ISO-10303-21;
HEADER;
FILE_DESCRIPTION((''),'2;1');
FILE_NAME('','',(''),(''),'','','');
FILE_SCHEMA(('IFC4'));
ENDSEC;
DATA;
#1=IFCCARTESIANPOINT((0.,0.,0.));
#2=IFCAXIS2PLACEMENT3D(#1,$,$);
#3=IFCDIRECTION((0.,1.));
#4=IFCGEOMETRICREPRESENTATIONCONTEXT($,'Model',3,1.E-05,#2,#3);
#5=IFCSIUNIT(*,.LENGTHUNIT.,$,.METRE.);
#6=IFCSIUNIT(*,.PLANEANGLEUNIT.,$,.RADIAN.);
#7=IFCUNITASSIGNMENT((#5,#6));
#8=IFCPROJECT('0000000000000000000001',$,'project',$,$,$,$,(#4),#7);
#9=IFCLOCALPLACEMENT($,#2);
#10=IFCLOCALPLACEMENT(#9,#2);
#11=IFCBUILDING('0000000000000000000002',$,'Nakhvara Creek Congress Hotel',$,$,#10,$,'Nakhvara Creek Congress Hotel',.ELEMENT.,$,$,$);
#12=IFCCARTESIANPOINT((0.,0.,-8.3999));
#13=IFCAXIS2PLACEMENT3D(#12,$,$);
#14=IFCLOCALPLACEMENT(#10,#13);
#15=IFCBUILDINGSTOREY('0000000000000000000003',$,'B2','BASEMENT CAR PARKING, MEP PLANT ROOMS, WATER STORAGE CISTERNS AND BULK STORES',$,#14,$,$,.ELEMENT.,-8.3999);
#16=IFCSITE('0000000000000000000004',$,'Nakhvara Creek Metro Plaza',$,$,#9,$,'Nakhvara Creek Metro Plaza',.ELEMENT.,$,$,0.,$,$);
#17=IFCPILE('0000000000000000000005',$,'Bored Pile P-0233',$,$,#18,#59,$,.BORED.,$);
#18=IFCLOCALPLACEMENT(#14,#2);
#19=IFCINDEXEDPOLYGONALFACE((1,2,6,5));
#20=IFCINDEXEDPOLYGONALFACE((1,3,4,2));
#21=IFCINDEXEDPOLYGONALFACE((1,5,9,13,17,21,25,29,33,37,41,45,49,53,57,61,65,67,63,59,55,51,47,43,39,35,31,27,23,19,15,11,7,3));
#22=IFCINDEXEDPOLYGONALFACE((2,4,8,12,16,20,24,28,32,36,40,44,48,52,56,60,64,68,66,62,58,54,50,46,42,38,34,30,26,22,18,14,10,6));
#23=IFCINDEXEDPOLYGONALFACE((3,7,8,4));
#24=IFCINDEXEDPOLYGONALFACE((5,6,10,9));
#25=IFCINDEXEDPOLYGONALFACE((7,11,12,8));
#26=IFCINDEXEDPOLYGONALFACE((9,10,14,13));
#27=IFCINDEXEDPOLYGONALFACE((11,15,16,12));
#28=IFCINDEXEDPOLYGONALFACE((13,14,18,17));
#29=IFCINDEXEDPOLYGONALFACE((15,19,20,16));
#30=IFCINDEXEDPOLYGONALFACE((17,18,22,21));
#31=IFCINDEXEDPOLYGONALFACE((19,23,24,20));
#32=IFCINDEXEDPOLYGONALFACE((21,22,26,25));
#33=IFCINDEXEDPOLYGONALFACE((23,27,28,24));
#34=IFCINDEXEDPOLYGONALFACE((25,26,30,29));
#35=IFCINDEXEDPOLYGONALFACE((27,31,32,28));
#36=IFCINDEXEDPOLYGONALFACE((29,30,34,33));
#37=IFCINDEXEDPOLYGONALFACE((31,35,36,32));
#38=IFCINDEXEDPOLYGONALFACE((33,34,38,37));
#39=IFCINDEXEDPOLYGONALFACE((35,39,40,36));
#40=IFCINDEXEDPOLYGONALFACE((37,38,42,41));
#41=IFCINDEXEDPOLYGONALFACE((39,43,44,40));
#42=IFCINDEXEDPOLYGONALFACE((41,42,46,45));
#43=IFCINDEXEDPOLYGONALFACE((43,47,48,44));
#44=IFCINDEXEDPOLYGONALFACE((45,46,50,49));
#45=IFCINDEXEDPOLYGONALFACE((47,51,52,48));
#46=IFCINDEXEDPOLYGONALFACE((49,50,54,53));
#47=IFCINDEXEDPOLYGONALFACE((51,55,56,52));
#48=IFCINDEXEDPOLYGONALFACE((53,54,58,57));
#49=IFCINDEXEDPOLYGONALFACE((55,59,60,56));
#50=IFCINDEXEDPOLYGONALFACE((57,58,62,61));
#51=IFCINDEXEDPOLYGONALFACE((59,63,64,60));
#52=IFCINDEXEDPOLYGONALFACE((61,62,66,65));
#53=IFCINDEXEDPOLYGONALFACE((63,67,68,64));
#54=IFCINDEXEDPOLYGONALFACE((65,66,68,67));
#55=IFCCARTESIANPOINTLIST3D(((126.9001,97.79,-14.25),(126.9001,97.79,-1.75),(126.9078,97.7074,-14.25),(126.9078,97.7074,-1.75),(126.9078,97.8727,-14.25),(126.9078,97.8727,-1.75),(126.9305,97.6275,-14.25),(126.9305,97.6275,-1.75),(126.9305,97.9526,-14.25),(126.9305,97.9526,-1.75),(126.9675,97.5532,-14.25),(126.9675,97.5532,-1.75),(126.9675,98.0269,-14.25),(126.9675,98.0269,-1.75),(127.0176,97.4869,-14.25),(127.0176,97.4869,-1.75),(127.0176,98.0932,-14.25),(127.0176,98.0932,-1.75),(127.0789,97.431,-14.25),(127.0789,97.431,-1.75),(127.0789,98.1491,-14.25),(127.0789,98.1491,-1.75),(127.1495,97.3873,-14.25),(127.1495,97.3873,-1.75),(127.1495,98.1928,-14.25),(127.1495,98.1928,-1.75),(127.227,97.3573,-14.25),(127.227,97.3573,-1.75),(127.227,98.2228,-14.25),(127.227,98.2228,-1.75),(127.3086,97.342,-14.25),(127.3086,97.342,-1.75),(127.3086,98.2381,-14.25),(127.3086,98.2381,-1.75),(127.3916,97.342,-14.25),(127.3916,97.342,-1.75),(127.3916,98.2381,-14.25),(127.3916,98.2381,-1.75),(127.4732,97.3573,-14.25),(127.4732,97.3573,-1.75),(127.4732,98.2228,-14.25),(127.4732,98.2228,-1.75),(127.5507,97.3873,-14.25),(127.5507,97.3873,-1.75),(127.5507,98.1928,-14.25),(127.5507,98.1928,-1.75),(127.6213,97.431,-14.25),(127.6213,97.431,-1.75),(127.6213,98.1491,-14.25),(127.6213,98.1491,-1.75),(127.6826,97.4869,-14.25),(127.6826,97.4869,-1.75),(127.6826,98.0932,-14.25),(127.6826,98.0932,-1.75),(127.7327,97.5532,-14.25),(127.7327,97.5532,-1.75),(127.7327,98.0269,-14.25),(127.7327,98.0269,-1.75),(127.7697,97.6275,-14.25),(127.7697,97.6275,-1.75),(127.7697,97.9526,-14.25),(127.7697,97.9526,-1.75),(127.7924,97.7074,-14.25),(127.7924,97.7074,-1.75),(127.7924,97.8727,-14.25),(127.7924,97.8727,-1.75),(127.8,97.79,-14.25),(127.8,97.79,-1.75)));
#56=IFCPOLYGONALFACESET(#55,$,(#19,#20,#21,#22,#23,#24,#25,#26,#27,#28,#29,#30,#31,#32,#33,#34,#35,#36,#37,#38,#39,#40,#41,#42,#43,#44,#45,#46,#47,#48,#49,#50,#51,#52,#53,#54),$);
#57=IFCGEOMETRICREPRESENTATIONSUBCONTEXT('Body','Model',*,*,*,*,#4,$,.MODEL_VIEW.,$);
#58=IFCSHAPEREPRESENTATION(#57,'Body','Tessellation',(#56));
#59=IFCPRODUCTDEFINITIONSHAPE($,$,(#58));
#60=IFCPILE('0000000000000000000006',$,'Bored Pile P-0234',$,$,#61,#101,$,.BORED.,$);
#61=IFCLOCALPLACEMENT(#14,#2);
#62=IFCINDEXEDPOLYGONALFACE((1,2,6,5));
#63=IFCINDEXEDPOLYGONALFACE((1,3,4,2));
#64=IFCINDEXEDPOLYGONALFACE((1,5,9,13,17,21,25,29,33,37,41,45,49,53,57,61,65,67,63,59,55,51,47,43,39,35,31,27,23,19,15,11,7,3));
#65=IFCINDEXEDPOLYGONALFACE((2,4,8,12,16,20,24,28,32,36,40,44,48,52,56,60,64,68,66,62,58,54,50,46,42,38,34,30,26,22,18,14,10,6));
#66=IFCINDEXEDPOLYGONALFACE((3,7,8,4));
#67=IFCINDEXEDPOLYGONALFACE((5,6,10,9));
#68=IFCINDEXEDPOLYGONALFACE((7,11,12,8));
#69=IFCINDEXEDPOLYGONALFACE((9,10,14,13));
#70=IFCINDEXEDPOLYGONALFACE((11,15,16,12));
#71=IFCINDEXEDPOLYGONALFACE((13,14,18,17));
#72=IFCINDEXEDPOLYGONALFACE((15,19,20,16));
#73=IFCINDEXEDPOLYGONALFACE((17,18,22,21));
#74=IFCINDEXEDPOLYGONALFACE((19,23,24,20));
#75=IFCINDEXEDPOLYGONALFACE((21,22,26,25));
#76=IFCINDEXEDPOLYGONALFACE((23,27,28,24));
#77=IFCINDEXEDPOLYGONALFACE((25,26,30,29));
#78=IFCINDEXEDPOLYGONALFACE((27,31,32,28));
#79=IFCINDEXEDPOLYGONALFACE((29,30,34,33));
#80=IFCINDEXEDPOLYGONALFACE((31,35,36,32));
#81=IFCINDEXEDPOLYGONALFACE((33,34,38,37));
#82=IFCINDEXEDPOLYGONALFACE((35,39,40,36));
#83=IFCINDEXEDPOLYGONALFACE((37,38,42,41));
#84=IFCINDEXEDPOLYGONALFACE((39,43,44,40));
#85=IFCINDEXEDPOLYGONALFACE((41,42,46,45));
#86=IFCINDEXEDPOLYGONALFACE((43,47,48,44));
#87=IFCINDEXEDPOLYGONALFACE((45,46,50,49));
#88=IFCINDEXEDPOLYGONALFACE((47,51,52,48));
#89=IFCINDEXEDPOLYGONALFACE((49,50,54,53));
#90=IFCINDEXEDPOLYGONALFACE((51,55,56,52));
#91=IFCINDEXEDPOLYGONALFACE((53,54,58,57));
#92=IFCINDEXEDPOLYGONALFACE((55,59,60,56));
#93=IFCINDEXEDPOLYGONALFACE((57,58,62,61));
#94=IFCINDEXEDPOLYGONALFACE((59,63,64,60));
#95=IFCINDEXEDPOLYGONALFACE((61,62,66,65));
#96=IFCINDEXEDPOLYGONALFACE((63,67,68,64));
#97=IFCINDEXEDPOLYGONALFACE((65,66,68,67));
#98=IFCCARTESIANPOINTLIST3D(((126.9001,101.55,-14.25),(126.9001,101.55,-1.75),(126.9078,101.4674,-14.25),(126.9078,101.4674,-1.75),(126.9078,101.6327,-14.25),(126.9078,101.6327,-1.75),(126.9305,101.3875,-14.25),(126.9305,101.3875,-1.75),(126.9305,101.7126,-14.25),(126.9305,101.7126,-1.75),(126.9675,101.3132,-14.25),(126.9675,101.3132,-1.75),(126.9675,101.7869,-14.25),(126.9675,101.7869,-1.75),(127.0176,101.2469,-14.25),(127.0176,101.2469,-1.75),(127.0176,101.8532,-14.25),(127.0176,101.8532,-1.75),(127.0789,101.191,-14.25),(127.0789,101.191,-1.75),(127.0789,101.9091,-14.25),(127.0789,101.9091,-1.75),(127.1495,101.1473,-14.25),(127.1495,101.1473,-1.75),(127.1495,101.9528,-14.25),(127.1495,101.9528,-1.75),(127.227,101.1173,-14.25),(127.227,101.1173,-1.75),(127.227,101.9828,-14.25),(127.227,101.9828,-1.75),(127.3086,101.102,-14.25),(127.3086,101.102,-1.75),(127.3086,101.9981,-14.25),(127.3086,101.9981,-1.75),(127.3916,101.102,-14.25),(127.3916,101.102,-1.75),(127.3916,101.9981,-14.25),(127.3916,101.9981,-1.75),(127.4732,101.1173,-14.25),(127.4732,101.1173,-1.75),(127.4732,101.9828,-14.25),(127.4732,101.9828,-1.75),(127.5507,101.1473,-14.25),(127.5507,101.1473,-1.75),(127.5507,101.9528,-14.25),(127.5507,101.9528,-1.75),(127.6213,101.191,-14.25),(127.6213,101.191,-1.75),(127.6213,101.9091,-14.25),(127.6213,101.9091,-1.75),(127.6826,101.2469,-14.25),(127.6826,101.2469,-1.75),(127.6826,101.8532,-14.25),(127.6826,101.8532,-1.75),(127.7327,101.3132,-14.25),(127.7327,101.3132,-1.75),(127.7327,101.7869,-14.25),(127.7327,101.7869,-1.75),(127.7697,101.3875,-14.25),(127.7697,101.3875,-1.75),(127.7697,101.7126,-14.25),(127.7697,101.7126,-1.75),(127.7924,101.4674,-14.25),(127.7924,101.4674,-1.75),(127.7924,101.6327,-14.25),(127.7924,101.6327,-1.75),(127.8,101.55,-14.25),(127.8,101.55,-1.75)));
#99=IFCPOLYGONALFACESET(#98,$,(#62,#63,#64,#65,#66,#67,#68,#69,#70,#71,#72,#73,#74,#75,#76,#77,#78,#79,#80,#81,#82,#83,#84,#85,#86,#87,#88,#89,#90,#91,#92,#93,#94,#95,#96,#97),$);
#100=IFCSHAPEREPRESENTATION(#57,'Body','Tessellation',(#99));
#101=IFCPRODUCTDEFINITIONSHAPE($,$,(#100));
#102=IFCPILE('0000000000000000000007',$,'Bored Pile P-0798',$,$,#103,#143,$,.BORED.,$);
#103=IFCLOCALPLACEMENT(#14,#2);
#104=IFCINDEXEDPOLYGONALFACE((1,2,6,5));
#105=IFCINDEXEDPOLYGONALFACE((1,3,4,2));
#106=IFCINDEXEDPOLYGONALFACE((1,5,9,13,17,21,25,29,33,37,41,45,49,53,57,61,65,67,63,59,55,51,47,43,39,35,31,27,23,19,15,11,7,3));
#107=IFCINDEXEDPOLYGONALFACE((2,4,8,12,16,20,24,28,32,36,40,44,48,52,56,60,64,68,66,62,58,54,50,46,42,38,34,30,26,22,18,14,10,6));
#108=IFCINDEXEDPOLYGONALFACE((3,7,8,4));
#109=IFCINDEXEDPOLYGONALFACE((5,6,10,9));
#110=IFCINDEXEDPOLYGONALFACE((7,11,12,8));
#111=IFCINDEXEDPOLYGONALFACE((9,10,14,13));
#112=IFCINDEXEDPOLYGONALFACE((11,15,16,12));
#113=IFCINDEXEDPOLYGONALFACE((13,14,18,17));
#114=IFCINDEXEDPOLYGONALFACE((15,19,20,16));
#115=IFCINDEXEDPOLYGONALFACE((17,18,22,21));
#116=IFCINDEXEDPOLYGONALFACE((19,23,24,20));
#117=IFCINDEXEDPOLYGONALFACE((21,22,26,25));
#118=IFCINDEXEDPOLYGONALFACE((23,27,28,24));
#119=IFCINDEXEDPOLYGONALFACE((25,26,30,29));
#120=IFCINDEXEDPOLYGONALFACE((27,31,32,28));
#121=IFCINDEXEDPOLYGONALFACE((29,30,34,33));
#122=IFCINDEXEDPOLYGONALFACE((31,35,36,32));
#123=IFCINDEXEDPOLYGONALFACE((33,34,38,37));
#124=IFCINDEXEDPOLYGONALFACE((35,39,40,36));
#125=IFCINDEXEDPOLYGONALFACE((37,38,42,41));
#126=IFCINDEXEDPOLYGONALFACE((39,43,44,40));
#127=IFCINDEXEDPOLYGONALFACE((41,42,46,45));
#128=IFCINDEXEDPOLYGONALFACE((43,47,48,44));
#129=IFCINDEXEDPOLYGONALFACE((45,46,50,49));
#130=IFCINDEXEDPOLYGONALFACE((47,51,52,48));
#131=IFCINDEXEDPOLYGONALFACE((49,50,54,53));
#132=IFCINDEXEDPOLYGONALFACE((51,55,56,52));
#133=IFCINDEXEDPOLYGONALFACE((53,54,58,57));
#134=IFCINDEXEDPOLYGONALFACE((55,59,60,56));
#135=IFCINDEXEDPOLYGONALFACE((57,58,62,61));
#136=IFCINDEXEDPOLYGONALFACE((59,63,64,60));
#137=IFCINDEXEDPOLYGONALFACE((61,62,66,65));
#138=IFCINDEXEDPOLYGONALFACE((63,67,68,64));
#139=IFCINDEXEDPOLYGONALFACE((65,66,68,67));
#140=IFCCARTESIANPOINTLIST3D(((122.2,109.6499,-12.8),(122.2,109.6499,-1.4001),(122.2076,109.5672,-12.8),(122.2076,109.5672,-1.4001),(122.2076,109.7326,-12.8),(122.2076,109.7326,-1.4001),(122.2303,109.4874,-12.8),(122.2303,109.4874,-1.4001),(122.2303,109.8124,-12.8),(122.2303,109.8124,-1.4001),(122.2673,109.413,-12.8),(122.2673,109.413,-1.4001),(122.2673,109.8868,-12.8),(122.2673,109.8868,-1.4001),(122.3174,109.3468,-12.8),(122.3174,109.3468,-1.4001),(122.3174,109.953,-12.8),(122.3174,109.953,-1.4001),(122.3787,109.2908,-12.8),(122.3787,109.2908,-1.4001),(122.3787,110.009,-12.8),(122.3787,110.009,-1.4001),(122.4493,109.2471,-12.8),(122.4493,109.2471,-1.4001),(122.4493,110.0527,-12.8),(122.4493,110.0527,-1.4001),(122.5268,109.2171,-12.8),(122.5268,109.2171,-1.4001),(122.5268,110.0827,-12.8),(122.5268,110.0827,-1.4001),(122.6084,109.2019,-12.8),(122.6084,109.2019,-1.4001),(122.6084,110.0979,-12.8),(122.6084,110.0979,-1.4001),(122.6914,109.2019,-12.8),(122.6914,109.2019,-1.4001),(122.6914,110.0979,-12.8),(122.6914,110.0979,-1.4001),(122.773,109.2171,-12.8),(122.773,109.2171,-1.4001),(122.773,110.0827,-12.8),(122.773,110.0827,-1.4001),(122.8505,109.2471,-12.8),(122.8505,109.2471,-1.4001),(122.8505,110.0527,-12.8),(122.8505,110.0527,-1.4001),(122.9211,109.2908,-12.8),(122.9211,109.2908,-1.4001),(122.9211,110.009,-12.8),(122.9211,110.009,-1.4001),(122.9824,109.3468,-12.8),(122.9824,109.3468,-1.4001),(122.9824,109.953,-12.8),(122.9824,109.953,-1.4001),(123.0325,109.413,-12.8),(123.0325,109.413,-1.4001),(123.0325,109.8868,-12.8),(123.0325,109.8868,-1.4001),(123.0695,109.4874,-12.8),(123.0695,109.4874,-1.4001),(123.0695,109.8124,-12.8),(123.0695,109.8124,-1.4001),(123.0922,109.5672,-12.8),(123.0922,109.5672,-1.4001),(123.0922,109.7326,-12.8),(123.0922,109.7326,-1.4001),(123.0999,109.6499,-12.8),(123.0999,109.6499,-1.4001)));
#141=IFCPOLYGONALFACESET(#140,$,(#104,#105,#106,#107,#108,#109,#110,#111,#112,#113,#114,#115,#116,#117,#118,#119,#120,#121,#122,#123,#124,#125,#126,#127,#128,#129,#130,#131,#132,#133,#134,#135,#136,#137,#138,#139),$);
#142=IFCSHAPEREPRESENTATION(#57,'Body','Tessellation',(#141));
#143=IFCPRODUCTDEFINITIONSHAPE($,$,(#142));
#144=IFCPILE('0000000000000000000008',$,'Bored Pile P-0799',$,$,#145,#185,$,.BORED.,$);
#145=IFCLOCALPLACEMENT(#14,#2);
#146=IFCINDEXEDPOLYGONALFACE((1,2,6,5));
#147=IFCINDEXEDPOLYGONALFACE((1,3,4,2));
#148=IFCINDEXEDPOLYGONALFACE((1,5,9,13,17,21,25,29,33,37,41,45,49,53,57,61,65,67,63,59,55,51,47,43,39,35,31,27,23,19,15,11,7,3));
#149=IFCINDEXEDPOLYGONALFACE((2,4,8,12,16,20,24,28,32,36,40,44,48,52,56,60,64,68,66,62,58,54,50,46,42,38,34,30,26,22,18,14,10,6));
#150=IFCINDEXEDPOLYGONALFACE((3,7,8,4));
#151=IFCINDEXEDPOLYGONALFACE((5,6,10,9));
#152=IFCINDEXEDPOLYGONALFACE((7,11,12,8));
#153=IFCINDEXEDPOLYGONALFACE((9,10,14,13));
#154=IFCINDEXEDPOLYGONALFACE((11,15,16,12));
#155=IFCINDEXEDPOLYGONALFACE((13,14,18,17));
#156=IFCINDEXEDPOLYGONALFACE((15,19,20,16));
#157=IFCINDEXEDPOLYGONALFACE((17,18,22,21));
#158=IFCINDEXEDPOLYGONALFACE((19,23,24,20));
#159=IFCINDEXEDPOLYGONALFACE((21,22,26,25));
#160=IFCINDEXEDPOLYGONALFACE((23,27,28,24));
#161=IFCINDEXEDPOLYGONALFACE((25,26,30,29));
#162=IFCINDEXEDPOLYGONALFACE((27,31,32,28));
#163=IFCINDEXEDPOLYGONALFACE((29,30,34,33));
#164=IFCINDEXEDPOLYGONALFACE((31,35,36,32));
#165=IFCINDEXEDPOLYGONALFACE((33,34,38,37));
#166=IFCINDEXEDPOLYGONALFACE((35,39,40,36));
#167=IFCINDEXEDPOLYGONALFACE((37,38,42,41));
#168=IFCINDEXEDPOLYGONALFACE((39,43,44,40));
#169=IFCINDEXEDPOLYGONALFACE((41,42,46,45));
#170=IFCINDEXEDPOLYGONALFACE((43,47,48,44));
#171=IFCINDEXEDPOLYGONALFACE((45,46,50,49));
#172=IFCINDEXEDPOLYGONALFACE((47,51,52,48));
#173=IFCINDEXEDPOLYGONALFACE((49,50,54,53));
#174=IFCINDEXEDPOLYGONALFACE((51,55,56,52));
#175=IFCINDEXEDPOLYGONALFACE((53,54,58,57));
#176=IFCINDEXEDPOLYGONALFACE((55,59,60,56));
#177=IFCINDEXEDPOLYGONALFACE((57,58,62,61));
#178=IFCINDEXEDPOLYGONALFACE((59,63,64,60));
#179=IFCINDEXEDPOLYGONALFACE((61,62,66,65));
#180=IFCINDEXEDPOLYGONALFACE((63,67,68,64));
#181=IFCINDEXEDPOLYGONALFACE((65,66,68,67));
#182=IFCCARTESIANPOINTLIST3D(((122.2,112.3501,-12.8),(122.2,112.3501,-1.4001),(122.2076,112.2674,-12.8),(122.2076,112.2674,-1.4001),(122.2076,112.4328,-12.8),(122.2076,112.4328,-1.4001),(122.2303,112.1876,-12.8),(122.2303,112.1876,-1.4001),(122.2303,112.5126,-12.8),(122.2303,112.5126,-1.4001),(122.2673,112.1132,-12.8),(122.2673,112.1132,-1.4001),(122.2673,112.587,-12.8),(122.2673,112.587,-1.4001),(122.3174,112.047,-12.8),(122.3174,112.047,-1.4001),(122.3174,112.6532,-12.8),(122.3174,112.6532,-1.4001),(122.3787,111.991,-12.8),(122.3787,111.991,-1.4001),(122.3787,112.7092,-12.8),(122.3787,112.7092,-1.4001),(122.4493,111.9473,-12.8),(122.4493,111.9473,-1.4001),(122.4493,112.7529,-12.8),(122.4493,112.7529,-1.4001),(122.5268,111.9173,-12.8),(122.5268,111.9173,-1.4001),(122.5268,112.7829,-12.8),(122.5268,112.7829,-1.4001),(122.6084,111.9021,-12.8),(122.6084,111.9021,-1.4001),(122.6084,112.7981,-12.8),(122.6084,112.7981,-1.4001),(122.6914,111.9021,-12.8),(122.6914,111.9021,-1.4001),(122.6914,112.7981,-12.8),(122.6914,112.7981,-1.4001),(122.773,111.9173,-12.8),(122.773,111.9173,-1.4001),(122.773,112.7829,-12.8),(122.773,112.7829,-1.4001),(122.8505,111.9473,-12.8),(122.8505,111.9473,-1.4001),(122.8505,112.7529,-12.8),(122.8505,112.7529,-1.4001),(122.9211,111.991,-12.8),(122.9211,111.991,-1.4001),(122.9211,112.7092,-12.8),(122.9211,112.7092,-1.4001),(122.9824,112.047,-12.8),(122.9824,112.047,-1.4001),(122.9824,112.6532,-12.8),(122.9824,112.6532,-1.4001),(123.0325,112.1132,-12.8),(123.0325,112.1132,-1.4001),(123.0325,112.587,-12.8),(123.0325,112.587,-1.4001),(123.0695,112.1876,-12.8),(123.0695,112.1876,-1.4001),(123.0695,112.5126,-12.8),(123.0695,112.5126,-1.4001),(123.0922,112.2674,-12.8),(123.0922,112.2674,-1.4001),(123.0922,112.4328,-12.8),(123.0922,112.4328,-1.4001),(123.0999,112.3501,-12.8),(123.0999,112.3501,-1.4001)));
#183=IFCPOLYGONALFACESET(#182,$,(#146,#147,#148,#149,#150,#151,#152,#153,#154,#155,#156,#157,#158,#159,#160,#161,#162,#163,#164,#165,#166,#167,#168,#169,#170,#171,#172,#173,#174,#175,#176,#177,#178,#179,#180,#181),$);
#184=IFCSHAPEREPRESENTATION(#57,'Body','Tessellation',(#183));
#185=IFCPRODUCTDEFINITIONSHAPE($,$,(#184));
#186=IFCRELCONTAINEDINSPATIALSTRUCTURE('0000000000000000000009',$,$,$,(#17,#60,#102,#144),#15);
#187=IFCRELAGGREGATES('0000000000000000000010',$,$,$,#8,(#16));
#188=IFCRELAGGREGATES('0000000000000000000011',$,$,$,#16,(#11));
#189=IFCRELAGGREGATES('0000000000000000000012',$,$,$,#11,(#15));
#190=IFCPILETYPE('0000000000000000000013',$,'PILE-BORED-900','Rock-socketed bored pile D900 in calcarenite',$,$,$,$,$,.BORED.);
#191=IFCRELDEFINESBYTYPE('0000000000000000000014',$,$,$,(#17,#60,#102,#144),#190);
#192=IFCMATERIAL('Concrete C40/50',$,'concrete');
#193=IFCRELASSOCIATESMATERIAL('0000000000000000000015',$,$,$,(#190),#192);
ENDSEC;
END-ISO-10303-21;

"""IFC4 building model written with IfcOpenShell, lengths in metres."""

from ifc_helpers import new_model, si_unit, direction, frame, origin, origin_2d, place, context, subcontext, project, spatial, circle, extrude, material, material_profile, profile_set, type_object, element, save


model = new_model("IFC4")

# Units and contexts
model_context = context("Model", 3, precision=1e-05, world=origin(), true_north=direction((0.0, 1.0)))
body_context = subcontext(model_context, "Body", "Model", "MODEL_VIEW")
ifc_project = project(units=[si_unit("LENGTHUNIT", "METRE"), si_unit("PLANEANGLEUNIT", "RADIAN")], contexts=[model_context])

# Site, building, storey
site_placement = place(None, origin())
site = spatial("IfcSite", under=ifc_project, at=site_placement, Name="Nakhvara Creek Metro Plaza", LongName="Nakhvara Creek Metro Plaza", CompositionType="ELEMENT", RefElevation=0.0)
building_placement = place(site_placement, origin())
building = spatial("IfcBuilding", under=site, at=building_placement, Name="Nakhvara Creek Congress Hotel", LongName="Nakhvara Creek Congress Hotel", CompositionType="ELEMENT")
storey_placement = place(building_placement, frame((0.0, 0.0, -8.3999)))
storey = spatial("IfcBuildingStorey", under=building, at=storey_placement, Name="B2", Description="BASEMENT CAR PARKING, MEP PLANT ROOMS, WATER STORAGE CISTERNS AND BULK STORES", CompositionType="ELEMENT", Elevation=-8.3999)

# Shared definitions
ifc_material_1 = material(Name="Concrete C40/50", Category="concrete")

# Piles
ifc_material_profile_1 = material_profile(ifc_material_1, circle(Radius=0.45, at=origin_2d()), Name="BORED PILE D900", Category="LoadBearing")
ifc_profile_set_1 = profile_set([ifc_material_profile_1], Name="Concrete C40/50")
pile_type = type_object("IfcPileType", Name="PILE-BORED-900", Description="Rock-socketed bored pile D900 in calcarenite", PredefinedType="BORED", material=ifc_profile_set_1)
for number, where, z_axis, x_axis, name in (
    (1, (127.3501, 97.79, -1.75), (0.0, 0.0, -1.0), (1.0, 0.0, 0.0), "Bored Pile P-0233"),
    (2, (127.3501, 101.55, -1.75), (0.0, 0.0, -1.0), (1.0, 0.0, 0.0), "Bored Pile P-0234"),
):
    element("IfcPile", number, at=place(storey_placement, frame(where, z_axis=z_axis, x_axis=x_axis)), inside=storey, type_object=pile_type, Name=name, PredefinedType="BORED", context=body_context, shape_type="SweptSolid", body=[
        extrude(circle(Radius=0.45, at=origin_2d()), origin(), (0.0, 0.0, 1.0), 12.5),
    ])
for number, where, z_axis, x_axis, name in (
    (3, (122.6499, 109.6499, -1.4001), (0.0, 0.0, -1.0), (1.0, 0.0, 0.0), "Bored Pile P-0798"),
    (4, (122.6499, 112.3501, -1.4001), (0.0, 0.0, -1.0), (1.0, 0.0, 0.0), "Bored Pile P-0799"),
):
    element("IfcPile", number, at=place(storey_placement, frame(where, z_axis=z_axis, x_axis=x_axis)), inside=storey, type_object=pile_type, Name=name, PredefinedType="BORED", context=body_context, shape_type="SweptSolid", body=[
        extrude(circle(Radius=0.45, at=origin_2d()), origin(), (0.0, 0.0, 1.0), 11.3999),
    ])

save(model, "model.ifc")
